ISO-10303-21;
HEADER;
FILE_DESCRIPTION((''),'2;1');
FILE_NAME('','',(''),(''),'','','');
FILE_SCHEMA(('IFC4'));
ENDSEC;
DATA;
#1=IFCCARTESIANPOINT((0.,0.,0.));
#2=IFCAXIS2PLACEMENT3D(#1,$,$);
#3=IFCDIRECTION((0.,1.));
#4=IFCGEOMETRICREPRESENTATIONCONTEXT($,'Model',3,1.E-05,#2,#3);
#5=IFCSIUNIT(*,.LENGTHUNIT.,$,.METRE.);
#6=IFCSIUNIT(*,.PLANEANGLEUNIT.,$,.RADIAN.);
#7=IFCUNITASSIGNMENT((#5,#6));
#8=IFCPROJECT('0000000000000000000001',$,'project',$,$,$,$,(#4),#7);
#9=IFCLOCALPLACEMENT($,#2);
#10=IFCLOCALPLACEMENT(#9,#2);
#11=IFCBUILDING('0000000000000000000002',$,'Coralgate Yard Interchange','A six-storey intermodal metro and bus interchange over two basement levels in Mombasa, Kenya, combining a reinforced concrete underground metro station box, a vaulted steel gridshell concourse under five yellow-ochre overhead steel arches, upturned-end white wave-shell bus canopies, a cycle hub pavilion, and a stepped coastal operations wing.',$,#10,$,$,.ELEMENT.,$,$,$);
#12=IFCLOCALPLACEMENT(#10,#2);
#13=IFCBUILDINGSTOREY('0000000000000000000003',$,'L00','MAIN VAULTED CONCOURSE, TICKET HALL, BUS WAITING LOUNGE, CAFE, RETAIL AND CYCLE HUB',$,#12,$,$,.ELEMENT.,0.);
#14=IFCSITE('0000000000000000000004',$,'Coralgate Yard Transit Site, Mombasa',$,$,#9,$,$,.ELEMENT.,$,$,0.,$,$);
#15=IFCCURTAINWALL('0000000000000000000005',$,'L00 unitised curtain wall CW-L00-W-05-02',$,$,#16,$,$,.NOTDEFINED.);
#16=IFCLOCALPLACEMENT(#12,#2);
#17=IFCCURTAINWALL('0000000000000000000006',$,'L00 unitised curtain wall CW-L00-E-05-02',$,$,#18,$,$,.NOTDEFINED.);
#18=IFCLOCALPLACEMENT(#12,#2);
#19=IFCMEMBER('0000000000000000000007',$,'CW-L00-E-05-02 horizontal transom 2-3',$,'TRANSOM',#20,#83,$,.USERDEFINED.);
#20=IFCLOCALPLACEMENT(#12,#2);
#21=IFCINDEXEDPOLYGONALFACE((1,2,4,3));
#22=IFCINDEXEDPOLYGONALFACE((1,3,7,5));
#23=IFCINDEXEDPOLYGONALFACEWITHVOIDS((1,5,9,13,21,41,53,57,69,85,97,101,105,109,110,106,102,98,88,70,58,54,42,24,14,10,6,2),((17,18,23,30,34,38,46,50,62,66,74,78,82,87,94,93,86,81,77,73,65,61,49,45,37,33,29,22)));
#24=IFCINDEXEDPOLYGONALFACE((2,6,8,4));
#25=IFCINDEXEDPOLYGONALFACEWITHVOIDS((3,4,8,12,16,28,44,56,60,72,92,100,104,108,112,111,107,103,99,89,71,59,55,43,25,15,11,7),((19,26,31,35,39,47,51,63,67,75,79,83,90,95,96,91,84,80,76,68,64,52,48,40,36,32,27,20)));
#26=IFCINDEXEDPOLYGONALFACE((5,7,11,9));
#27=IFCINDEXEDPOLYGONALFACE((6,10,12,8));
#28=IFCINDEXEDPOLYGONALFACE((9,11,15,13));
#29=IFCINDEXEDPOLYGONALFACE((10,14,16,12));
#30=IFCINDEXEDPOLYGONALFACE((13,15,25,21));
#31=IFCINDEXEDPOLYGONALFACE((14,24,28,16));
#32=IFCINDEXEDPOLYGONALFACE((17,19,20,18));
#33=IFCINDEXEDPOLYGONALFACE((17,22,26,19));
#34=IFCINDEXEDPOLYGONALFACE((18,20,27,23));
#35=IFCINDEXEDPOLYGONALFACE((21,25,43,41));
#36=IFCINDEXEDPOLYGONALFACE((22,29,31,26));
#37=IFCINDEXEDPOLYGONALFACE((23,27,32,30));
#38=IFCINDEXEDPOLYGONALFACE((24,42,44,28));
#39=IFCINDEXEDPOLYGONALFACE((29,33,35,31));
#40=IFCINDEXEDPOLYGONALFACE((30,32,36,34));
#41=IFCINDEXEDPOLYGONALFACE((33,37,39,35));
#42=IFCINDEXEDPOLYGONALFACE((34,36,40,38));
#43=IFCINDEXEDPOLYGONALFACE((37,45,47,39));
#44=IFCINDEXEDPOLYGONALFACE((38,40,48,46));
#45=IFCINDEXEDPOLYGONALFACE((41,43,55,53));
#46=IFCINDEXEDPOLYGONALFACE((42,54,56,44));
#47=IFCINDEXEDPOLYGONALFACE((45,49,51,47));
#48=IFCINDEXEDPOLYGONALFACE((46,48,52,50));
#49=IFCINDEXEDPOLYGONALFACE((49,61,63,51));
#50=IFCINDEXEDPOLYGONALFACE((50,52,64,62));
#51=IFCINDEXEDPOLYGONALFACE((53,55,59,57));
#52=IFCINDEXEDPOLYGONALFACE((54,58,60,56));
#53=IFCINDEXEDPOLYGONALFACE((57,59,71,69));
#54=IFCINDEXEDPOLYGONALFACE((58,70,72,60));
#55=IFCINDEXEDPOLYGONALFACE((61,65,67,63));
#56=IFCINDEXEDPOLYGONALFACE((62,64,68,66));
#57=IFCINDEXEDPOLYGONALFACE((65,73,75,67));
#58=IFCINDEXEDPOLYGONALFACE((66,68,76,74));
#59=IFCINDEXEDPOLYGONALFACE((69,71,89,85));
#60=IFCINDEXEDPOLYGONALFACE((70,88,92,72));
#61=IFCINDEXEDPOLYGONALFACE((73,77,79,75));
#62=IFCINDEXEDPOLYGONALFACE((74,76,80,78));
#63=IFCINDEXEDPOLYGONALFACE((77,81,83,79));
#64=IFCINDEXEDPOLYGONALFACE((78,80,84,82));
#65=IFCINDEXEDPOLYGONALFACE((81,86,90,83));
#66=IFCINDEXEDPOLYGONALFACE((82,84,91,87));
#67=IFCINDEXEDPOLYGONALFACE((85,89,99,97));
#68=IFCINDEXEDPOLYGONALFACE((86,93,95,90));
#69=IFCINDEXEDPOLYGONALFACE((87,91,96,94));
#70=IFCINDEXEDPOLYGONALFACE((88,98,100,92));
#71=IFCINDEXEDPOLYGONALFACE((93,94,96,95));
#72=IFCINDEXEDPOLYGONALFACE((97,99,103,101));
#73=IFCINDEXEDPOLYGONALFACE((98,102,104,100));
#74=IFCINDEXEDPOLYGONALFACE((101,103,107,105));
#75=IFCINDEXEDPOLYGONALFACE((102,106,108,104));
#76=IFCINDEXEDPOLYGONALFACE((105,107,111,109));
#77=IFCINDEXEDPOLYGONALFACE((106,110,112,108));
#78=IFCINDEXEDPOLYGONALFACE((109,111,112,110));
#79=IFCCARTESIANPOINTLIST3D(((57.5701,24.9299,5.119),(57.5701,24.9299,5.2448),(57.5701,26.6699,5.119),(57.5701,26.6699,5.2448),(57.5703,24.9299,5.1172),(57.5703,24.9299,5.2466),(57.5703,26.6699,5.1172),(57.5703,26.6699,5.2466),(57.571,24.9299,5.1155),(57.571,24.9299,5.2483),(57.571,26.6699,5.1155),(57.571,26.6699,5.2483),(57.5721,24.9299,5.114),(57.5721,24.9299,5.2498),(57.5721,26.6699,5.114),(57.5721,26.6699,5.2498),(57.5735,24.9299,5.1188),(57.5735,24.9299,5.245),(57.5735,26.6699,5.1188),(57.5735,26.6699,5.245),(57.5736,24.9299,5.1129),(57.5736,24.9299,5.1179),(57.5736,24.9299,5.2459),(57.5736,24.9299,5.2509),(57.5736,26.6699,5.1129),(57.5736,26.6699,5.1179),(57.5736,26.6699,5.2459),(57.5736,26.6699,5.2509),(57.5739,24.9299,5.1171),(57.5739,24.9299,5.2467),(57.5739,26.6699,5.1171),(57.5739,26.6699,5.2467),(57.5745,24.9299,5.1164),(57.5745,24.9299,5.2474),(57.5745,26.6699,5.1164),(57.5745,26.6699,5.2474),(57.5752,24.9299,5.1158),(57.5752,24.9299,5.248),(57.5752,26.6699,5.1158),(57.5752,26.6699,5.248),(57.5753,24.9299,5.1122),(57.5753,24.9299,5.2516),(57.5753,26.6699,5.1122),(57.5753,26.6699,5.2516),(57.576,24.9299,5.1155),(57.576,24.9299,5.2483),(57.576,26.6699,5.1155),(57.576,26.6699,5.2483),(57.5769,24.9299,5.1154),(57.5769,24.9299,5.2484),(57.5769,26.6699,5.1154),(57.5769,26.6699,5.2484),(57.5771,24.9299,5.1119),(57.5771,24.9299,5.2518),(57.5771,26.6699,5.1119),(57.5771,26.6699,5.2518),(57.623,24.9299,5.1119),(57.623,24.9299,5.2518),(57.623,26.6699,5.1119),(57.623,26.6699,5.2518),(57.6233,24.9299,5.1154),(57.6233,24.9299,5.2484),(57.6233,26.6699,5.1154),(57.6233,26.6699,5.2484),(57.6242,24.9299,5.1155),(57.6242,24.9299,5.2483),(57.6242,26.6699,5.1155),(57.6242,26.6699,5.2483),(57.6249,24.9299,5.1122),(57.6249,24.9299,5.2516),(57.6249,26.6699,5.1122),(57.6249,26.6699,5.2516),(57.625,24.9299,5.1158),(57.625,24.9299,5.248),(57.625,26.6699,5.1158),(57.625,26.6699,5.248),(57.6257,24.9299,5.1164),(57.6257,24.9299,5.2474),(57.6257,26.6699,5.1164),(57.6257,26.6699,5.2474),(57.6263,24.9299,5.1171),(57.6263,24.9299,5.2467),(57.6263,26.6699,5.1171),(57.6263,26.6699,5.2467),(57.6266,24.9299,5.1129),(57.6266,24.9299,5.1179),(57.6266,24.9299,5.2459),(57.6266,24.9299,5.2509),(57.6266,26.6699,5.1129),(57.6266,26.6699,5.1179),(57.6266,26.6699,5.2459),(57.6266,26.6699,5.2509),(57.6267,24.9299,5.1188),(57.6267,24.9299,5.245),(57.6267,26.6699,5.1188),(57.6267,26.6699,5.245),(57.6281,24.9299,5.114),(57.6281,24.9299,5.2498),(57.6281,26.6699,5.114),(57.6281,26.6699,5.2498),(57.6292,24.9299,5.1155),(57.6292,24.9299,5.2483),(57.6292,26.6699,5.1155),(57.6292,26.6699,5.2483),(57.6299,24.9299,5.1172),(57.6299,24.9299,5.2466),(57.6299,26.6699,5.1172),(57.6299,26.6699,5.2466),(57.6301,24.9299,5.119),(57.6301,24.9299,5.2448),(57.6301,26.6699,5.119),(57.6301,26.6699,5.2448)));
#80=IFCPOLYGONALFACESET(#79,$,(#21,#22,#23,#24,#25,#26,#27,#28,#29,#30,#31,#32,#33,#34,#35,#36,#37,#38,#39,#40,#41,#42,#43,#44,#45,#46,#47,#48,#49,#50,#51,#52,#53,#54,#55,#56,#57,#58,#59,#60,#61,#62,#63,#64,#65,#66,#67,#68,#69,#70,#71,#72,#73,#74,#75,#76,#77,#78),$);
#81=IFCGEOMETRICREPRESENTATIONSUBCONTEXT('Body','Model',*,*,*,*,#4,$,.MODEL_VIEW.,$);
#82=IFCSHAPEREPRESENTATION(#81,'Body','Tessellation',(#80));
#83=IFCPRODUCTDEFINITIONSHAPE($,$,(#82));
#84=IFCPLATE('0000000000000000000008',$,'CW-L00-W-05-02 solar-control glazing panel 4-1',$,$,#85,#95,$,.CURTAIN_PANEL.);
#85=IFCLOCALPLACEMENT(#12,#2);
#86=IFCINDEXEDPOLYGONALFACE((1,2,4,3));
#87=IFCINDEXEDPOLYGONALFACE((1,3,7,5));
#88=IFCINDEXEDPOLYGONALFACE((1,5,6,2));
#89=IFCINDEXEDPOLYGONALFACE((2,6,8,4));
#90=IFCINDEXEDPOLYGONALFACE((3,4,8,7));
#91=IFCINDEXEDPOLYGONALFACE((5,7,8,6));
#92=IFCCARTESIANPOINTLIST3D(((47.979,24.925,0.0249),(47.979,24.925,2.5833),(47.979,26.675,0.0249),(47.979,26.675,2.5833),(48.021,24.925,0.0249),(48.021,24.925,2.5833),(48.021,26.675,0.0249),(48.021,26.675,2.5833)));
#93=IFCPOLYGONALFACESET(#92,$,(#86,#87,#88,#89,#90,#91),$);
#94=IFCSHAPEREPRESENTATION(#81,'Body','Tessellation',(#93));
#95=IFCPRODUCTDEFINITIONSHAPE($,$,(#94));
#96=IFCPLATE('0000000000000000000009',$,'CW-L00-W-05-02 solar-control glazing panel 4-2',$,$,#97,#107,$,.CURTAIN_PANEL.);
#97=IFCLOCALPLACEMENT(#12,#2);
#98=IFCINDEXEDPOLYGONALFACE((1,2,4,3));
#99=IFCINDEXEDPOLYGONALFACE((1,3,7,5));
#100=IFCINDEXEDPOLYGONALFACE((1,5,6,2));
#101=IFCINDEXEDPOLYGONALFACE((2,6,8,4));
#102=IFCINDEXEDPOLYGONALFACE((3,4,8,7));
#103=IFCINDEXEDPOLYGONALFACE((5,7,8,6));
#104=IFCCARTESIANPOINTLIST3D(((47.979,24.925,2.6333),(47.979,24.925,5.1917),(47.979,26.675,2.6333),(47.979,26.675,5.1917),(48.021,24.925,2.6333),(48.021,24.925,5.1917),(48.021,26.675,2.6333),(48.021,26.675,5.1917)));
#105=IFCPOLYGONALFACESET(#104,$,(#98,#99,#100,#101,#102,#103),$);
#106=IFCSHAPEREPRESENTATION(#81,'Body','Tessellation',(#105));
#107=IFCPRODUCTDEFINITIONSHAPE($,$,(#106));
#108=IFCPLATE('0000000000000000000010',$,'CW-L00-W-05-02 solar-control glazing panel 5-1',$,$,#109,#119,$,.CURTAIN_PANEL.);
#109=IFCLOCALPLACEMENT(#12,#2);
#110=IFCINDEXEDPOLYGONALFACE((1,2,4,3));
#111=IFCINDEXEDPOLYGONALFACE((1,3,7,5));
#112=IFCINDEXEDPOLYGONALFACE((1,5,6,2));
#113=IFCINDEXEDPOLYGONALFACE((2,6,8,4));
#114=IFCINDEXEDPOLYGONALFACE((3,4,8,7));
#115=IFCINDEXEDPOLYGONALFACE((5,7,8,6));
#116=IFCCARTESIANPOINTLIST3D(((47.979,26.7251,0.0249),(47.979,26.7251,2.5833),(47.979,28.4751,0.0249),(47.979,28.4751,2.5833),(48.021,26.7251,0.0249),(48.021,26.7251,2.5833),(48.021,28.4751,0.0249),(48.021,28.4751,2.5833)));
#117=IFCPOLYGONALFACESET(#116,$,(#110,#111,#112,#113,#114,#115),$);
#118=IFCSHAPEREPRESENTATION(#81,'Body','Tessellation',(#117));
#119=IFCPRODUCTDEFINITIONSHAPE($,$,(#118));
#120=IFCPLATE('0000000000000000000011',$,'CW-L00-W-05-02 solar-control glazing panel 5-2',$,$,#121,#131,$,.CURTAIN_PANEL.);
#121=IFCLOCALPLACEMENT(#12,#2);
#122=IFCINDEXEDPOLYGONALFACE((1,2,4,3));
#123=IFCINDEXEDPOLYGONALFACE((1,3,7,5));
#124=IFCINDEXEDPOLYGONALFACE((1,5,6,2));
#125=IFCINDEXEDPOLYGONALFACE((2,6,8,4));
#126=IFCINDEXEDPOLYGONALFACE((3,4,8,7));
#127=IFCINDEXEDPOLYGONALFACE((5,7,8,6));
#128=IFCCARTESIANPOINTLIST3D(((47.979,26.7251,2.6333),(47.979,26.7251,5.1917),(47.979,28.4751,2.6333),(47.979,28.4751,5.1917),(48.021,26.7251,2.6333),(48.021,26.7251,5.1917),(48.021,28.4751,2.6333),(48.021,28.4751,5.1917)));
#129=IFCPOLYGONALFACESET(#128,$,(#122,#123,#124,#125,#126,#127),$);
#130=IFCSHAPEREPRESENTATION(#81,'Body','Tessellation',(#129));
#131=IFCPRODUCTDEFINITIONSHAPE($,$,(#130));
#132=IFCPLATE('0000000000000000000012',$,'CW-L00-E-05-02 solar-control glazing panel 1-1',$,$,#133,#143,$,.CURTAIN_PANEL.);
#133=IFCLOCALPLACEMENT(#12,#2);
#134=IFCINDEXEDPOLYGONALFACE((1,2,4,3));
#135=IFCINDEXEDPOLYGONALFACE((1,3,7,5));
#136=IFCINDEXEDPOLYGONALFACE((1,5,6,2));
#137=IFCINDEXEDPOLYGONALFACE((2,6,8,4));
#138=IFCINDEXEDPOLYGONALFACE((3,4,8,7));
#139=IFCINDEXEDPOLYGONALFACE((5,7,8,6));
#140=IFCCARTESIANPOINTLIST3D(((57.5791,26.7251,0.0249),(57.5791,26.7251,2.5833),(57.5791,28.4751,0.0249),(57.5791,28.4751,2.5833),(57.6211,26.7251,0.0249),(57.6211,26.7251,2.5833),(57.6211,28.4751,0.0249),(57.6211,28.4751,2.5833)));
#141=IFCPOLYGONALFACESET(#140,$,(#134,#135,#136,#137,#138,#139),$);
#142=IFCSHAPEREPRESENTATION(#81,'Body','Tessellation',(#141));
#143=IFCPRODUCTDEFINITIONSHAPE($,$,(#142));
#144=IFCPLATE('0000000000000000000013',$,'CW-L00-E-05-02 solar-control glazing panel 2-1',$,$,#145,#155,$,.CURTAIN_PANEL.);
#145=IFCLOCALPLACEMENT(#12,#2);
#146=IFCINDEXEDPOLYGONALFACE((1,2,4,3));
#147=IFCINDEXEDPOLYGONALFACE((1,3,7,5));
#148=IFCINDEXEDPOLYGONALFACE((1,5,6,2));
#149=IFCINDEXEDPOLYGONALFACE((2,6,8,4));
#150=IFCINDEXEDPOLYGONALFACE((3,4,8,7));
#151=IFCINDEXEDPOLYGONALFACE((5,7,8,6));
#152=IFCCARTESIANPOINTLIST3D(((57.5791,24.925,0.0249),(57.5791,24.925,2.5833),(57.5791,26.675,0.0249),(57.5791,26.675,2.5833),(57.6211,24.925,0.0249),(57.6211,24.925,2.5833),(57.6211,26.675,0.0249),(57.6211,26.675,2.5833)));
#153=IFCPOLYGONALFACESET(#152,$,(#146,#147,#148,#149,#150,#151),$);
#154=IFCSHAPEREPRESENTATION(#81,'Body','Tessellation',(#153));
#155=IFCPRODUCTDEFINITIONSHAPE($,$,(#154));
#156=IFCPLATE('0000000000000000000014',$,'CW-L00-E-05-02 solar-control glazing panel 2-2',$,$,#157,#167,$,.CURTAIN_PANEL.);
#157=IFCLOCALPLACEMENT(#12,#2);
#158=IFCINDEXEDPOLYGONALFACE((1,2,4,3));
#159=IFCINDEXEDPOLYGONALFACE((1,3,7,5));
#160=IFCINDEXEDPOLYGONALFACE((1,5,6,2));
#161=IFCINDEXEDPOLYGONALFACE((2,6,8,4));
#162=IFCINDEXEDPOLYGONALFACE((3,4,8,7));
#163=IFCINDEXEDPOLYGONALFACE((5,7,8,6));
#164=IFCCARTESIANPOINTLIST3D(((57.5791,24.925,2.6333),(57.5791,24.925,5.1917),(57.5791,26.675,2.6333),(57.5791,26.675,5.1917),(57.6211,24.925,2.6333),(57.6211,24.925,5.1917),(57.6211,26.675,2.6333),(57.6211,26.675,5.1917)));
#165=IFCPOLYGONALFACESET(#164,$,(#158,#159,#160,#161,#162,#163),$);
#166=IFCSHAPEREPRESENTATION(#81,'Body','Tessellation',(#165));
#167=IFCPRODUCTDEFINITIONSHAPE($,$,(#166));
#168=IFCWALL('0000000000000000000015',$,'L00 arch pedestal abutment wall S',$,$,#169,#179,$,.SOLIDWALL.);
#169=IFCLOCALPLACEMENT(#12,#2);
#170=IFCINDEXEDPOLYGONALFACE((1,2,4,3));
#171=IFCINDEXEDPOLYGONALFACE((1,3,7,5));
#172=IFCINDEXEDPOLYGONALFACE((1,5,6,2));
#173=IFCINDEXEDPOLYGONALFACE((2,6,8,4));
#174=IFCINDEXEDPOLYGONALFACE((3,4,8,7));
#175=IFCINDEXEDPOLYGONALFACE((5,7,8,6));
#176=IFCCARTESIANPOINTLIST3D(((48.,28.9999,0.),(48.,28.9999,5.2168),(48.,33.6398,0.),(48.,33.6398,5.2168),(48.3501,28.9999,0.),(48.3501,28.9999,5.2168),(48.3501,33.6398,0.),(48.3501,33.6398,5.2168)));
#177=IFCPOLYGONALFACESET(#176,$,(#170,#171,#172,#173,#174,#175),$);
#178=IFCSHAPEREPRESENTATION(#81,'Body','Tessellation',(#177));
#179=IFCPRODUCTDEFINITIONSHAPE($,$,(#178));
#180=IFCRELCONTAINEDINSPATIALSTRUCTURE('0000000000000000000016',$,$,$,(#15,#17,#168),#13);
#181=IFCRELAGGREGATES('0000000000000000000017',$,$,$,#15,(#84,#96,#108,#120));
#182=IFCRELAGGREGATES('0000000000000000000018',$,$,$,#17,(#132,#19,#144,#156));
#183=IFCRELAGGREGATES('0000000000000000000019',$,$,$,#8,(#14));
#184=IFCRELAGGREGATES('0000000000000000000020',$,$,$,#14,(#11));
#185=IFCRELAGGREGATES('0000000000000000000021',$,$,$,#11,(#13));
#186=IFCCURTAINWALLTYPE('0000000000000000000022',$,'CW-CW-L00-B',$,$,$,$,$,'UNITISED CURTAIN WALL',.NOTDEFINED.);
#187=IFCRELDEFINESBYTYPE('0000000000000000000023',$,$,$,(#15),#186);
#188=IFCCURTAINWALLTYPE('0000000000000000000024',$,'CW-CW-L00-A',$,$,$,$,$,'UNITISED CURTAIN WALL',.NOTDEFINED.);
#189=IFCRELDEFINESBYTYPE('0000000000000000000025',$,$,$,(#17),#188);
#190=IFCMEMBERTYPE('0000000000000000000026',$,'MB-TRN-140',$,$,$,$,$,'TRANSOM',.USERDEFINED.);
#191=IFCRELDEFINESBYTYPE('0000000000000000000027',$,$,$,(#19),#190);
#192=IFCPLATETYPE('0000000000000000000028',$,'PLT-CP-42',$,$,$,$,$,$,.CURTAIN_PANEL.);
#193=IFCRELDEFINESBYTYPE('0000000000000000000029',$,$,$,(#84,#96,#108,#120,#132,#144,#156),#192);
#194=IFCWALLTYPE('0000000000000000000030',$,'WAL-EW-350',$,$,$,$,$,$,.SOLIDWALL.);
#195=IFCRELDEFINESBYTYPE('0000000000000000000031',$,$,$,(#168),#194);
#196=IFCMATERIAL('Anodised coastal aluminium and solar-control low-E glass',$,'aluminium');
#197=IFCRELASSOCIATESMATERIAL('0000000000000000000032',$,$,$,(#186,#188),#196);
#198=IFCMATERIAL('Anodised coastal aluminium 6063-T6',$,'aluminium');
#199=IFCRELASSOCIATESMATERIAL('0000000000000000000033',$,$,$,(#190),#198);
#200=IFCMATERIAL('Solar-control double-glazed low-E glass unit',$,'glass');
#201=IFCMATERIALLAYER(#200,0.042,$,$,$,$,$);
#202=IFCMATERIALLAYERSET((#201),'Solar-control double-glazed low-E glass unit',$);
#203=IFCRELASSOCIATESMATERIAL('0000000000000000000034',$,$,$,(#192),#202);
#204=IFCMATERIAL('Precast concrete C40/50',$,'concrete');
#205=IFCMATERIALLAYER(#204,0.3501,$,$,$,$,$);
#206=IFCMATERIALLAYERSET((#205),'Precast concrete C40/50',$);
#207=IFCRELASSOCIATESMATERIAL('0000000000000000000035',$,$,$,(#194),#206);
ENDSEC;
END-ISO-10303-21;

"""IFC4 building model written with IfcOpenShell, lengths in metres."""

from ifc_helpers import new_model, si_unit, direction, frame, frame_2d, origin, origin_2d, place, context, subcontext, project, spatial, rectangle, hollow_rectangle, extrude, material, layer, layer_set, material_profile, profile_set, type_object, element, aggregate, save


model = new_model("IFC4")

# Units and contexts
model_context = context("Model", 3, precision=1e-05, world=origin(), true_north=direction((0.0, 1.0)))
body_context = subcontext(model_context, "Body", "Model", "MODEL_VIEW")
ifc_project = project(units=[si_unit("LENGTHUNIT", "METRE"), si_unit("PLANEANGLEUNIT", "RADIAN")], contexts=[model_context])

# Site, building, storey
site_placement = place(None, origin())
site = spatial("IfcSite", under=ifc_project, at=site_placement, Name="Coralgate Yard Transit Site, Mombasa", CompositionType="ELEMENT", RefElevation=0.0)
building_placement = place(site_placement, origin())
building = spatial("IfcBuilding", under=site, at=building_placement, Name="Coralgate Yard Interchange", Description="A six-storey intermodal metro and bus interchange over two basement levels in Mombasa, Kenya, combining a reinforced concrete underground metro station box, a vaulted steel gridshell concourse under five yellow-ochre overhead steel arches, upturned-end white wave-shell bus canopies, a cycle hub pavilion, and a stepped coastal operations wing.", CompositionType="ELEMENT")
storey_placement = place(building_placement, origin())
storey = spatial("IfcBuildingStorey", under=building, at=storey_placement, Name="L00", Description="MAIN VAULTED CONCOURSE, TICKET HALL, BUS WAITING LOUNGE, CAFE, RETAIL AND CYCLE HUB", CompositionType="ELEMENT", Elevation=0.0)

# Curtain wall
ifc_material_1 = material(Name="Anodised coastal aluminium and solar-control low-E glass", Category="aluminium")
curtain_wall_type_1 = type_object("IfcCurtainWallType", Name="CW-CW-L00-B", ElementType="UNITISED CURTAIN WALL", PredefinedType="NOTDEFINED", material=ifc_material_1)
curtain_wall_1_placement = place(storey_placement, origin())
curtain_wall_1 = element("IfcCurtainWall", 1, at=curtain_wall_1_placement, inside=storey, type_object=curtain_wall_type_1, Name="L00 unitised curtain wall CW-L00-W-05-02", PredefinedType="NOTDEFINED")
ifc_material_2 = material(Name="Anodised coastal aluminium 6063-T6", Category="aluminium")

# Curtain wall
curtain_wall_type_2 = type_object("IfcCurtainWallType", Name="CW-CW-L00-A", ElementType="UNITISED CURTAIN WALL", PredefinedType="NOTDEFINED", material=ifc_material_1)
curtain_wall_2_placement = place(storey_placement, origin())
curtain_wall_2 = element("IfcCurtainWall", 2, at=curtain_wall_2_placement, inside=storey, type_object=curtain_wall_type_2, Name="L00 unitised curtain wall CW-L00-E-05-02", PredefinedType="NOTDEFINED")

# Member
ifc_material_profile_1 = material_profile(ifc_material_2, hollow_rectangle(XDim=0.0601, YDim=0.1399, WallThickness=0.0034, InnerFilletRadius=0.0034, OuterFilletRadius=0.0071, at=origin_2d()), Name="ALU 60x140x3.5")
ifc_profile_set_1 = profile_set([ifc_material_profile_1], Name="Anodised coastal aluminium 6063-T6")
member_type_1 = type_object("IfcMemberType", Name="MB-TRN-140", ElementType="TRANSOM", PredefinedType="USERDEFINED", material=ifc_profile_set_1)
member_1_placement = place(storey_placement, frame((57.6001, 26.6699, 5.1819), z_axis=(0.0, -1.0, 0.0), x_axis=(1.0, 0.0, 0.0)))
member_1 = element("IfcMember", 3, at=member_1_placement, type_object=member_type_1, Name="CW-L00-E-05-02 horizontal transom 2-3", ObjectType="TRANSOM", PredefinedType="USERDEFINED", context=body_context, shape_type="SweptSolid", body=[
    extrude(hollow_rectangle(XDim=0.0601, YDim=0.1399, WallThickness=0.0034, InnerFilletRadius=0.0034, OuterFilletRadius=0.0071, at=origin_2d()), origin(), (0.0, 0.0, 1.0), 1.74),
])

# Plates
ifc_material_3 = material(Name="Solar-control double-glazed low-E glass unit", Category="glass")
ifc_layer_1 = layer(ifc_material_3, 0.042)
ifc_layer_set_1 = layer_set([ifc_layer_1], Name="Solar-control double-glazed low-E glass unit")
plate_type = type_object("IfcPlateType", Name="PLT-CP-42", PredefinedType="CURTAIN_PANEL", material=ifc_layer_set_1)
plate_1_placement = place(storey_placement, frame((48.0, 25.8, 0.0249), z_axis=(0.0, 0.0, 1.0), x_axis=(0.0, 1.0, 0.0)))
plate_1 = element("IfcPlate", 4, at=plate_1_placement, type_object=plate_type, Name="CW-L00-W-05-02 solar-control glazing panel 4-1", PredefinedType="CURTAIN_PANEL", context=body_context, shape_type="SweptSolid", body=[
    extrude(rectangle(XDim=1.75, YDim=0.042, at=origin_2d()), origin(), (0.0, 0.0, 1.0), 2.5583),
])
plate_2_placement = place(storey_placement, frame((48.0, 25.8, 2.6333), z_axis=(0.0, 0.0, 1.0), x_axis=(0.0, 1.0, 0.0)))
plate_2 = element("IfcPlate", 5, at=plate_2_placement, type_object=plate_type, Name="CW-L00-W-05-02 solar-control glazing panel 4-2", PredefinedType="CURTAIN_PANEL", context=body_context, shape_type="SweptSolid", body=[
    extrude(rectangle(XDim=1.75, YDim=0.042, at=origin_2d()), origin(), (0.0, 0.0, 1.0), 2.5583),
])
plate_3_placement = place(storey_placement, frame((48.0, 27.6001, 0.0249), z_axis=(0.0, 0.0, 1.0), x_axis=(0.0, 1.0, 0.0)))
plate_3 = element("IfcPlate", 6, at=plate_3_placement, type_object=plate_type, Name="CW-L00-W-05-02 solar-control glazing panel 5-1", PredefinedType="CURTAIN_PANEL", context=body_context, shape_type="SweptSolid", body=[
    extrude(rectangle(XDim=1.75, YDim=0.042, at=origin_2d()), origin(), (0.0, 0.0, 1.0), 2.5583),
])
plate_4_placement = place(storey_placement, frame((48.0, 27.6001, 2.6333), z_axis=(0.0, 0.0, 1.0), x_axis=(0.0, 1.0, 0.0)))
plate_4 = element("IfcPlate", 7, at=plate_4_placement, type_object=plate_type, Name="CW-L00-W-05-02 solar-control glazing panel 5-2", PredefinedType="CURTAIN_PANEL", context=body_context, shape_type="SweptSolid", body=[
    extrude(rectangle(XDim=1.75, YDim=0.042, at=origin_2d()), origin(), (0.0, 0.0, 1.0), 2.5583),
])
aggregate(curtain_wall_1, [plate_1, plate_2, plate_3, plate_4])
plate_5_placement = place(storey_placement, frame((57.6001, 27.6001, 0.0249), z_axis=(0.0, 0.0, 1.0), x_axis=(0.0, -1.0, 0.0)))
plate_5 = element("IfcPlate", 8, at=plate_5_placement, type_object=plate_type, Name="CW-L00-E-05-02 solar-control glazing panel 1-1", PredefinedType="CURTAIN_PANEL", context=body_context, shape_type="SweptSolid", body=[
    extrude(rectangle(XDim=1.75, YDim=0.042, at=origin_2d()), origin(), (0.0, 0.0, 1.0), 2.5583),
])
plate_6_placement = place(storey_placement, frame((57.6001, 25.8, 0.0249), z_axis=(0.0, 0.0, 1.0), x_axis=(0.0, -1.0, 0.0)))
plate_6 = element("IfcPlate", 9, at=plate_6_placement, type_object=plate_type, Name="CW-L00-E-05-02 solar-control glazing panel 2-1", PredefinedType="CURTAIN_PANEL", context=body_context, shape_type="SweptSolid", body=[
    extrude(rectangle(XDim=1.75, YDim=0.042, at=origin_2d()), origin(), (0.0, 0.0, 1.0), 2.5583),
])
plate_7_placement = place(storey_placement, frame((57.6001, 25.8, 2.6333), z_axis=(0.0, 0.0, 1.0), x_axis=(0.0, -1.0, 0.0)))
plate_7 = element("IfcPlate", 10, at=plate_7_placement, type_object=plate_type, Name="CW-L00-E-05-02 solar-control glazing panel 2-2", PredefinedType="CURTAIN_PANEL", context=body_context, shape_type="SweptSolid", body=[
    extrude(rectangle(XDim=1.75, YDim=0.042, at=origin_2d()), origin(), (0.0, 0.0, 1.0), 2.5583),
])
aggregate(curtain_wall_2, [plate_5, member_1, plate_6, plate_7])

# Wall
ifc_material_4 = material(Name="Precast concrete C40/50", Category="concrete")
ifc_layer_2 = layer(ifc_material_4, 0.3501)
ifc_layer_set_2 = layer_set([ifc_layer_2], Name="Precast concrete C40/50")
wall_type = type_object("IfcWallType", Name="WAL-EW-350", PredefinedType="SOLIDWALL", material=ifc_layer_set_2)
wall_placement = place(storey_placement, frame((48.175, 29.0, 0.0), z_axis=(0.0, 0.0, 1.0), x_axis=(0.0, 1.0, 0.0)))
element("IfcWall", 11, at=wall_placement, inside=storey, type_object=wall_type, Name="L00 arch pedestal abutment wall S", PredefinedType="SOLIDWALL", context=body_context, shape_type="SweptSolid", body=[
    extrude(rectangle(XDim=4.6399, YDim=0.3501, at=frame_2d((2.3198, 0.0))), origin(), (0.0, 0.0, 1.0), 5.2168),
])

save(model, "model.ifc")
